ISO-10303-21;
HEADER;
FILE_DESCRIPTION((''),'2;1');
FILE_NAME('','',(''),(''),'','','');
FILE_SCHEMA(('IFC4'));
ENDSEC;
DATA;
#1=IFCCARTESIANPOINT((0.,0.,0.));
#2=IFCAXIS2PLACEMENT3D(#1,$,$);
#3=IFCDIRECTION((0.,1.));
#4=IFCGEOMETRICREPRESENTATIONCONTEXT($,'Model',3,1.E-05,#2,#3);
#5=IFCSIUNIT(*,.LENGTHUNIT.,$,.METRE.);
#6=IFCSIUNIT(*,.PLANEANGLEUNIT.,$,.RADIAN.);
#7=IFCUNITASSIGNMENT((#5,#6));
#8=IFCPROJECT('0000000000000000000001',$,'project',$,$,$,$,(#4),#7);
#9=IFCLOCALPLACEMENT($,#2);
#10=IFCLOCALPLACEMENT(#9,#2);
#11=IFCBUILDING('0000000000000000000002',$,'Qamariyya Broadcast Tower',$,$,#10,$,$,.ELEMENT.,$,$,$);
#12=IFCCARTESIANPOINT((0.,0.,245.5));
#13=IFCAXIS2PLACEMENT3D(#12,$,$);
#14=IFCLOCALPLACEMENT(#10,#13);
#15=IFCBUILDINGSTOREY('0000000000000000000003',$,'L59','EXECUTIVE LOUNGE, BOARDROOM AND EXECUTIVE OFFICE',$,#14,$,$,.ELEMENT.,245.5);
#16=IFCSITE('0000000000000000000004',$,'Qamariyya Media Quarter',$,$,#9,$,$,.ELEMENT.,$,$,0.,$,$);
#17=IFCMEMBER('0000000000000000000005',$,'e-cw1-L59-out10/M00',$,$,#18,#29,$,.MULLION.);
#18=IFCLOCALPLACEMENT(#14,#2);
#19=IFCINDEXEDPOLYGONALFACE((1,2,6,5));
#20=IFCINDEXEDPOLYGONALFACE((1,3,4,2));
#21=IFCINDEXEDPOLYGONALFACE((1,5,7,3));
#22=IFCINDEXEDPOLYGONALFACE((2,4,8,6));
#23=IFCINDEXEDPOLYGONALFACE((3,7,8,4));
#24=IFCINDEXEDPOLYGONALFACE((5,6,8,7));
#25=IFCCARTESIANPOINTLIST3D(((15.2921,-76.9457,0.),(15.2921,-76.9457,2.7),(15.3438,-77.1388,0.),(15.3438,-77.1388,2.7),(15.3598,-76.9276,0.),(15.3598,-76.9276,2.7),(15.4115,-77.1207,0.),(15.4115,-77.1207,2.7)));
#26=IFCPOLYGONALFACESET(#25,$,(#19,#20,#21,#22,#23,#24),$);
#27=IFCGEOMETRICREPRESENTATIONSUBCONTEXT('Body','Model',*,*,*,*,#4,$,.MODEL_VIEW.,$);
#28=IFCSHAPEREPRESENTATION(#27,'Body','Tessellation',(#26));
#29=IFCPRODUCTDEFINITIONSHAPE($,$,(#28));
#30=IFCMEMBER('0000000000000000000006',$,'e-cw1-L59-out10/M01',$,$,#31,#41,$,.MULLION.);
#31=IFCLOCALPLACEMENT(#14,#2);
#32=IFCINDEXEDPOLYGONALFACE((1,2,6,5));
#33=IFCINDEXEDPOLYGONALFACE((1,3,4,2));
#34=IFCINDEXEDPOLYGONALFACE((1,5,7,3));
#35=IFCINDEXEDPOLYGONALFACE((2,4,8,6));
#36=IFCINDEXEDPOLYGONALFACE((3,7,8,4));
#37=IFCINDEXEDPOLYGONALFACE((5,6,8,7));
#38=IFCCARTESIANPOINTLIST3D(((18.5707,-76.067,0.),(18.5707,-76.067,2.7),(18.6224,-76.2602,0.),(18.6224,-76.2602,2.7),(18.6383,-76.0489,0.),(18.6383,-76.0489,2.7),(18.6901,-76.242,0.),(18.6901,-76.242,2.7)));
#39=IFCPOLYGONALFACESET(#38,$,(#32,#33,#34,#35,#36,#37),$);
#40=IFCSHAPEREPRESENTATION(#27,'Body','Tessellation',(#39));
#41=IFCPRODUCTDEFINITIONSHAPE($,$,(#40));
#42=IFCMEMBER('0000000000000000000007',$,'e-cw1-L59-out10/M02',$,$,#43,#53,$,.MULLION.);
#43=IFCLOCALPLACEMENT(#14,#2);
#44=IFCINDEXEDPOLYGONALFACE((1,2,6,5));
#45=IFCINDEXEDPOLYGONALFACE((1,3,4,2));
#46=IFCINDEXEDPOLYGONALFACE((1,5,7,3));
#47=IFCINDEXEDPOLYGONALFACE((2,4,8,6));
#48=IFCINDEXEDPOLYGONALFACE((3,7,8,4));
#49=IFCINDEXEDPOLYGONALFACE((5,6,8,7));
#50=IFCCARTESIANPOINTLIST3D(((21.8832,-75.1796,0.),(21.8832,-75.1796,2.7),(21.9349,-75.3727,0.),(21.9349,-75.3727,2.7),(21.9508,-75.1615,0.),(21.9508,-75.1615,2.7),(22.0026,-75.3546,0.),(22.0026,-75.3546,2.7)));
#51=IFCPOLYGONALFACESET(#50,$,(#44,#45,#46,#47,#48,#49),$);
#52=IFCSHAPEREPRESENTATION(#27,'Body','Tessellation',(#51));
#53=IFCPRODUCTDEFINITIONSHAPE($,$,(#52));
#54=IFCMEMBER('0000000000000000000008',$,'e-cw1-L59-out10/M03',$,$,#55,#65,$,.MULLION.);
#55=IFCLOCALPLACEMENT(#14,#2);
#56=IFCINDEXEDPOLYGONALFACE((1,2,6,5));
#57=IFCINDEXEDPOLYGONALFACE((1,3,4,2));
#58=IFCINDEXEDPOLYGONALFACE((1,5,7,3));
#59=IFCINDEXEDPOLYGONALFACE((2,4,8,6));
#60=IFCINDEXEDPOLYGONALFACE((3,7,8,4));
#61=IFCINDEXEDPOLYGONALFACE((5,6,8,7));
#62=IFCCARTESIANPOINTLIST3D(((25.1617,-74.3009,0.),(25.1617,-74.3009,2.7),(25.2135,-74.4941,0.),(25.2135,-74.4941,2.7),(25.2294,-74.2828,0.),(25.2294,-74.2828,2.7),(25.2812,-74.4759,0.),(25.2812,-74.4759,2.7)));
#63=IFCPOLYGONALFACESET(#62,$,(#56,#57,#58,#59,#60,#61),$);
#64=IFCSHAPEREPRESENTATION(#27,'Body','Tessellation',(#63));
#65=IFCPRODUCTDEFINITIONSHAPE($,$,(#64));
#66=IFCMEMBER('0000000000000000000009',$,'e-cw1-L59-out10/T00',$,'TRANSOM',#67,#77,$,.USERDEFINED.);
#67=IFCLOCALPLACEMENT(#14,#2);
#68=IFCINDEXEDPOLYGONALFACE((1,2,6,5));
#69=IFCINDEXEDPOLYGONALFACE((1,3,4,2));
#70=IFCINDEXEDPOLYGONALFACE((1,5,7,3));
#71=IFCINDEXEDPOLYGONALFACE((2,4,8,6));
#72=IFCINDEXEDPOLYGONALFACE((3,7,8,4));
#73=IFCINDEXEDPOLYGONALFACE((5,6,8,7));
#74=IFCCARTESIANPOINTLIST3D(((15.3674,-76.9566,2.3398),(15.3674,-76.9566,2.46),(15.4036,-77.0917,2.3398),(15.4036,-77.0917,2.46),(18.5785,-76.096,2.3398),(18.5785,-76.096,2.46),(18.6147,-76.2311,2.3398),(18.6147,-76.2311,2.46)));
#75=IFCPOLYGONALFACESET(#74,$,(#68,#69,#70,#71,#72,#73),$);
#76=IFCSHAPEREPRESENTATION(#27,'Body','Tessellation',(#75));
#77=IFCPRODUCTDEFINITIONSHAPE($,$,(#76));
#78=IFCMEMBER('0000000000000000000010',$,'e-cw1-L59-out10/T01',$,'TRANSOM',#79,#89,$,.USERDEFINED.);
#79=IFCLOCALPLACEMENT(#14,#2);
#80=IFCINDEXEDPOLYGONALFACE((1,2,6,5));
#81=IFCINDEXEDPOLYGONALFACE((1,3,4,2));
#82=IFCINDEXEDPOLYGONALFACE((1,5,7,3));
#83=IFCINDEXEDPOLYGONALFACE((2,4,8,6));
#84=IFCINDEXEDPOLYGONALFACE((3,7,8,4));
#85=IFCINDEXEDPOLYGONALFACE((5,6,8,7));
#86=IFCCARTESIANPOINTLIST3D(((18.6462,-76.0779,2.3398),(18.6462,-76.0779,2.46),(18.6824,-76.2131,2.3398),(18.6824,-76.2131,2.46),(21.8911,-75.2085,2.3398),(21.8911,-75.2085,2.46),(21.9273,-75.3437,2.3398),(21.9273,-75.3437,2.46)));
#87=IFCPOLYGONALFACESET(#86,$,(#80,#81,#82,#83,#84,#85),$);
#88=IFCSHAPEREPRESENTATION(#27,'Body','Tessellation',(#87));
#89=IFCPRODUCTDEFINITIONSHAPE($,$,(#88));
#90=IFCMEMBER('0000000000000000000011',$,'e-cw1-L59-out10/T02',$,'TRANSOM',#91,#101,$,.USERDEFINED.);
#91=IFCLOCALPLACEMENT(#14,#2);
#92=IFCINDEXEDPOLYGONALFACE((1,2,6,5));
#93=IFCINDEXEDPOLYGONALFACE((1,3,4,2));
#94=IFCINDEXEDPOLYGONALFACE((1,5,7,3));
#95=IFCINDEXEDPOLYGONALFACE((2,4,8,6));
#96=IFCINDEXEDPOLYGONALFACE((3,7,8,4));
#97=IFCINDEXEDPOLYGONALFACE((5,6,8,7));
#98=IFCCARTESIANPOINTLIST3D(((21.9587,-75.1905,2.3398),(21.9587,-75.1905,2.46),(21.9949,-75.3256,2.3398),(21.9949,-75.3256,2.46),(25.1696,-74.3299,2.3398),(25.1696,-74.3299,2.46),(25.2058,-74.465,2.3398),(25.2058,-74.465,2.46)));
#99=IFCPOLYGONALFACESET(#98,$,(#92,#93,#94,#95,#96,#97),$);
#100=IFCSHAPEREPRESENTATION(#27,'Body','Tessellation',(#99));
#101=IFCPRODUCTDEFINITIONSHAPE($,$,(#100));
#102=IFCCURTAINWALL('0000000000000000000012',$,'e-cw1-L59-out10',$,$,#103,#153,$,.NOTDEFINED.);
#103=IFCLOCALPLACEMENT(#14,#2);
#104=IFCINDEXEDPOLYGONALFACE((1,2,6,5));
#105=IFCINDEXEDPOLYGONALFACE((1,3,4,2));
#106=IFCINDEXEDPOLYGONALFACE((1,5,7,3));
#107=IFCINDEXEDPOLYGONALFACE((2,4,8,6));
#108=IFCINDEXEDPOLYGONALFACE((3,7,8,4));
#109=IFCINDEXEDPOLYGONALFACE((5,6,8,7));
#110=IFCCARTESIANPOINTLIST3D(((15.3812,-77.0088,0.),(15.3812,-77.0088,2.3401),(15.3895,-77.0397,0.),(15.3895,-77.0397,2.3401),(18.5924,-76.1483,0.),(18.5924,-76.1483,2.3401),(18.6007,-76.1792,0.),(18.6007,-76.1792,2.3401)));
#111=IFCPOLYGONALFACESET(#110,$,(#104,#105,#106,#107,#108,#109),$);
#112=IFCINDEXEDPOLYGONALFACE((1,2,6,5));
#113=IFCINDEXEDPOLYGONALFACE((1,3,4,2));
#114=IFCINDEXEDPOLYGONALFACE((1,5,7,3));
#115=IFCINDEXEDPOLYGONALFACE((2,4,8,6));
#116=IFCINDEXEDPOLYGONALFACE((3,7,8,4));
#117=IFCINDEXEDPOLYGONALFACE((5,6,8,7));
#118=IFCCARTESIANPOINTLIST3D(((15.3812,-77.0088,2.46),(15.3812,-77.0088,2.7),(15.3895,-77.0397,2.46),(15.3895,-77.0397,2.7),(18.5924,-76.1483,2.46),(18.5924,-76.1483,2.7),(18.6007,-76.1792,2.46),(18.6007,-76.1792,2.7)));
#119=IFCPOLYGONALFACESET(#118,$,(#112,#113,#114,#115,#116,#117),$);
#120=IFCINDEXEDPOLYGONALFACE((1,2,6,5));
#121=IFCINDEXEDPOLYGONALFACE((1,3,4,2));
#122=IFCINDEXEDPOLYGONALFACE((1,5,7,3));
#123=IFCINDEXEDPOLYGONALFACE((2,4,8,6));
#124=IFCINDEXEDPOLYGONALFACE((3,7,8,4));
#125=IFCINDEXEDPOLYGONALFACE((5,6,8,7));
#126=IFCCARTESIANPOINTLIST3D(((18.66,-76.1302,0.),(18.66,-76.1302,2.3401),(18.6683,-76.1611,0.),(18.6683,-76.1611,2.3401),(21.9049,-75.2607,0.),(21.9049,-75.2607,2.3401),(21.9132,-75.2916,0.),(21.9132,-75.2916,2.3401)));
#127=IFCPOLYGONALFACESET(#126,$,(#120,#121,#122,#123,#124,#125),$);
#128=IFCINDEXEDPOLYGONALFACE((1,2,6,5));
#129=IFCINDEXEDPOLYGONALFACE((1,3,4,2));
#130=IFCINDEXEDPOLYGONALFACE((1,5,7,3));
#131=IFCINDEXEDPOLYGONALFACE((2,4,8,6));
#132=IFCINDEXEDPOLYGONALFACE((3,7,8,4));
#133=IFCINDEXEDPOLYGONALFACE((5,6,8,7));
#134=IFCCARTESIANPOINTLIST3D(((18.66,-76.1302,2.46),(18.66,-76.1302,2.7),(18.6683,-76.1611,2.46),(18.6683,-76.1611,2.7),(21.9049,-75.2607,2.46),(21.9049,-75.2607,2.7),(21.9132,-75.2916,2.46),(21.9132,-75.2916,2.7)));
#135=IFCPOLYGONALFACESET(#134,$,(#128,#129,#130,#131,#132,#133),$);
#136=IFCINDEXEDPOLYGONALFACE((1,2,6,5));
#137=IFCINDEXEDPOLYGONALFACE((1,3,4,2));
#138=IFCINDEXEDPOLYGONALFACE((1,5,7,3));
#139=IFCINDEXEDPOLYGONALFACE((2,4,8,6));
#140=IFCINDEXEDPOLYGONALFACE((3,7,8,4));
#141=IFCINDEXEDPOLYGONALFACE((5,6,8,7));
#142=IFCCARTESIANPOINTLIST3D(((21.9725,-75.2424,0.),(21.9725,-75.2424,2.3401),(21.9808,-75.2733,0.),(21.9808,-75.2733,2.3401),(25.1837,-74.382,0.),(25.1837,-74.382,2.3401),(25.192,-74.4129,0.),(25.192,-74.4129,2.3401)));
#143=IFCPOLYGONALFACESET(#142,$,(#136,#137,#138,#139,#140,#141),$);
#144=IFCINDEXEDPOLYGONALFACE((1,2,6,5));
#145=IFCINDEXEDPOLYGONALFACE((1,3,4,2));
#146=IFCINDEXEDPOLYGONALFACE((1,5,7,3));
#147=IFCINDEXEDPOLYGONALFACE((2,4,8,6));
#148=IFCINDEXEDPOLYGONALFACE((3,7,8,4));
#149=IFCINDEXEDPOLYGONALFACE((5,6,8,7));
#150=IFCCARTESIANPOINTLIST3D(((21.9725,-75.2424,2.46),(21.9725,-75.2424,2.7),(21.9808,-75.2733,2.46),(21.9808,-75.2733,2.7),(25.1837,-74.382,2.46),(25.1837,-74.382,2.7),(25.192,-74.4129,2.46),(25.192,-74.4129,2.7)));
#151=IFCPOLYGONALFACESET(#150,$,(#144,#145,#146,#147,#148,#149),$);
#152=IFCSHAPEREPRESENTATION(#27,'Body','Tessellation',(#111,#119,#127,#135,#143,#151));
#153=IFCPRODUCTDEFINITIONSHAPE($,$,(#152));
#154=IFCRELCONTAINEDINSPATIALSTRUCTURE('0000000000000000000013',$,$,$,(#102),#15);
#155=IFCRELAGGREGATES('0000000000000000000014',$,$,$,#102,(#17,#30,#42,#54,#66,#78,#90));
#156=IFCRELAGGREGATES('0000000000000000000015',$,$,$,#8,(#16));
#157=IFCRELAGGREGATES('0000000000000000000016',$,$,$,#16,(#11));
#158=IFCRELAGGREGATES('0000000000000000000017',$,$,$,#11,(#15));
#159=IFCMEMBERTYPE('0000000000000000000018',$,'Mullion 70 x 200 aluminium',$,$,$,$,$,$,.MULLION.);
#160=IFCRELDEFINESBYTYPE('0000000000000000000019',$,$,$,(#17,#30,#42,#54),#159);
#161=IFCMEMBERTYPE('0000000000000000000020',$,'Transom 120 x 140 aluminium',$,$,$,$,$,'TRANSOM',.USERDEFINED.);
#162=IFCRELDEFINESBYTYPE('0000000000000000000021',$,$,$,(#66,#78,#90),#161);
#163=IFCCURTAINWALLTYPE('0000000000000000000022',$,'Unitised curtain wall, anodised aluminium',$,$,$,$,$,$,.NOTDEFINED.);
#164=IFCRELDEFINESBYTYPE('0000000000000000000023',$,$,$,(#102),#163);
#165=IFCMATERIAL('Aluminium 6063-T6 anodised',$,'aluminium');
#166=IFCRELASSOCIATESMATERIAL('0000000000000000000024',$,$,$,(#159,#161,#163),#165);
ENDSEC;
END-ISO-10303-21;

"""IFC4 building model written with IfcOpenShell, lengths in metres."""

from ifc_helpers import new_model, si_unit, direction, frame, origin, origin_2d, place, context, subcontext, project, spatial, rectangle, extrude, material, material_profile, profile_set, type_object, element, aggregate, save


model = new_model("IFC4")

# Units and contexts
model_context = context("Model", 3, precision=1e-05, world=origin(), true_north=direction((0.0, 1.0)))
body_context = subcontext(model_context, "Body", "Model", "MODEL_VIEW")
ifc_project = project(units=[si_unit("LENGTHUNIT", "METRE"), si_unit("PLANEANGLEUNIT", "RADIAN")], contexts=[model_context])

# Members
ifc_material = material(Name="Aluminium 6063-T6 anodised", Category="aluminium")
ifc_material_profile_1 = material_profile(ifc_material, rectangle(XDim=0.2, YDim=0.0701, at=origin_2d()))
ifc_profile_set_1 = profile_set([ifc_material_profile_1], Name="Aluminium 6063-T6 anodised")
member_type_1 = type_object("IfcMemberType", Name="Mullion 70 x 200 aluminium", PredefinedType="MULLION", material=ifc_profile_set_1)
site_placement = place(None, origin())
building_placement = place(site_placement, origin())
storey_placement = place(building_placement, frame((0.0, 0.0, 245.5)))
member_1_placement = place(storey_placement, frame((15.3518, -77.0332, 0.0), z_axis=(0.0, 0.0, 1.0), x_axis=(-0.258819, 0.965926, 0.0)))
member_1 = element("IfcMember", 1, at=member_1_placement, type_object=member_type_1, Name="e-cw1-L59-out10/M00", PredefinedType="MULLION", context=body_context, shape_type="SweptSolid", body=[
    extrude(rectangle(XDim=0.2, YDim=0.0701, at=origin_2d()), origin(), (0.0, 0.0, 1.0), 2.7),
])
member_2_placement = place(storey_placement, frame((18.6304, -76.1545, 0.0), z_axis=(0.0, 0.0, 1.0), x_axis=(-0.258819, 0.965926, 0.0)))
member_2 = element("IfcMember", 2, at=member_2_placement, type_object=member_type_1, Name="e-cw1-L59-out10/M01", PredefinedType="MULLION", context=body_context, shape_type="SweptSolid", body=[
    extrude(rectangle(XDim=0.2, YDim=0.0701, at=origin_2d()), origin(), (0.0, 0.0, 1.0), 2.7),
])
member_3_placement = place(storey_placement, frame((21.9429, -75.2671, 0.0), z_axis=(0.0, 0.0, 1.0), x_axis=(-0.258819, 0.965926, 0.0)))
member_3 = element("IfcMember", 3, at=member_3_placement, type_object=member_type_1, Name="e-cw1-L59-out10/M02", PredefinedType="MULLION", context=body_context, shape_type="SweptSolid", body=[
    extrude(rectangle(XDim=0.2, YDim=0.0701, at=origin_2d()), origin(), (0.0, 0.0, 1.0), 2.7),
])
member_4_placement = place(storey_placement, frame((25.2214, -74.3884, 0.0), z_axis=(0.0, 0.0, 1.0), x_axis=(-0.258819, 0.965926, 0.0)))
member_4 = element("IfcMember", 4, at=member_4_placement, type_object=member_type_1, Name="e-cw1-L59-out10/M03", PredefinedType="MULLION", context=body_context, shape_type="SweptSolid", body=[
    extrude(rectangle(XDim=0.2, YDim=0.0701, at=origin_2d()), origin(), (0.0, 0.0, 1.0), 2.7),
])
ifc_material_profile_2 = material_profile(ifc_material, rectangle(XDim=0.1399, YDim=0.1201, at=origin_2d()))
ifc_profile_set_2 = profile_set([ifc_material_profile_2], Name="Aluminium 6063-T6 anodised")
member_type_2 = type_object("IfcMemberType", Name="Transom 120 x 140 aluminium", ElementType="TRANSOM", PredefinedType="USERDEFINED", material=ifc_profile_set_2)
member_5_placement = place(storey_placement, frame((15.3855, -77.0242, 2.3999), z_axis=(0.965914, 0.258865, 0.0), x_axis=(-0.258865, 0.965914, 0.0)))
member_5 = element("IfcMember", 5, at=member_5_placement, type_object=member_type_2, Name="e-cw1-L59-out10/T00", ObjectType="TRANSOM", PredefinedType="USERDEFINED", context=body_context, shape_type="SweptSolid", body=[
    extrude(rectangle(XDim=0.1399, YDim=0.1201, at=origin_2d()), origin(), (0.0, 0.0, 1.0), 3.3245),
])
member_6_placement = place(storey_placement, frame((18.6643, -76.1455, 2.3999), z_axis=(0.965932, 0.258798, 0.0), x_axis=(-0.258798, 0.965932, 0.0)))
member_6 = element("IfcMember", 6, at=member_6_placement, type_object=member_type_2, Name="e-cw1-L59-out10/T01", ObjectType="TRANSOM", PredefinedType="USERDEFINED", context=body_context, shape_type="SweptSolid", body=[
    extrude(rectangle(XDim=0.1399, YDim=0.1201, at=origin_2d()), origin(), (0.0, 0.0, 1.0), 3.3594),
])
member_7_placement = place(storey_placement, frame((21.9768, -75.2581, 2.3999), z_axis=(0.965909, 0.258883, 0.0), x_axis=(-0.258883, 0.965909, 0.0)))
member_7 = element("IfcMember", 7, at=member_7_placement, type_object=member_type_2, Name="e-cw1-L59-out10/T02", ObjectType="TRANSOM", PredefinedType="USERDEFINED", context=body_context, shape_type="SweptSolid", body=[
    extrude(rectangle(XDim=0.1399, YDim=0.1201, at=origin_2d()), origin(), (0.0, 0.0, 1.0), 3.3242),
])

# Site, building, storey
site = spatial("IfcSite", under=ifc_project, at=site_placement, Name="Qamariyya Media Quarter", CompositionType="ELEMENT", RefElevation=0.0)
building = spatial("IfcBuilding", under=site, at=building_placement, Name="Qamariyya Broadcast Tower", CompositionType="ELEMENT")
storey = spatial("IfcBuildingStorey", under=building, at=storey_placement, Name="L59", Description="EXECUTIVE LOUNGE, BOARDROOM AND EXECUTIVE OFFICE", CompositionType="ELEMENT", Elevation=245.5)

# Curtain wall
curtain_wall_type = type_object("IfcCurtainWallType", Name="Unitised curtain wall, anodised aluminium", PredefinedType="NOTDEFINED", material=ifc_material)
curtain_wall_1_placement = place(storey_placement, origin())
curtain_wall_1 = element("IfcCurtainWall", 8, at=curtain_wall_1_placement, inside=storey, type_object=curtain_wall_type, Name="e-cw1-L59-out10", PredefinedType="NOTDEFINED", context=body_context, shape_type="SweptSolid", body=[
    extrude(rectangle(XDim=3.3245, YDim=0.032, at=origin_2d()), frame((16.991, -76.594, 0.0), x_axis=(0.965923, 0.258828, 0.0)), (0.0, 0.0, 1.0), 2.3401),
    extrude(rectangle(XDim=3.3245, YDim=0.032, at=origin_2d()), frame((16.991, -76.594, 2.46), x_axis=(0.965923, 0.258828, 0.0)), (0.0, 0.0, 1.0), 0.24),
    extrude(rectangle(XDim=3.3594, YDim=0.032, at=origin_2d()), frame((20.2866, -75.7109, 0.0), x_axis=(0.965923, 0.258828, 0.0)), (0.0, 0.0, 1.0), 2.3401),
    extrude(rectangle(XDim=3.3594, YDim=0.032, at=origin_2d()), frame((20.2866, -75.7109, 2.46), x_axis=(0.965923, 0.258828, 0.0)), (0.0, 0.0, 1.0), 0.24),
    extrude(rectangle(XDim=3.3245, YDim=0.032, at=origin_2d()), frame((23.5823, -74.8276, 0.0), x_axis=(0.965923, 0.258828, 0.0)), (0.0, 0.0, 1.0), 2.3401),
    extrude(rectangle(XDim=3.3245, YDim=0.032, at=origin_2d()), frame((23.5823, -74.8276, 2.46), x_axis=(0.965923, 0.258828, 0.0)), (0.0, 0.0, 1.0), 0.24),
])
aggregate(curtain_wall_1, [member_1, member_2, member_3, member_4, member_5, member_6, member_7])

save(model, "model.ifc")
